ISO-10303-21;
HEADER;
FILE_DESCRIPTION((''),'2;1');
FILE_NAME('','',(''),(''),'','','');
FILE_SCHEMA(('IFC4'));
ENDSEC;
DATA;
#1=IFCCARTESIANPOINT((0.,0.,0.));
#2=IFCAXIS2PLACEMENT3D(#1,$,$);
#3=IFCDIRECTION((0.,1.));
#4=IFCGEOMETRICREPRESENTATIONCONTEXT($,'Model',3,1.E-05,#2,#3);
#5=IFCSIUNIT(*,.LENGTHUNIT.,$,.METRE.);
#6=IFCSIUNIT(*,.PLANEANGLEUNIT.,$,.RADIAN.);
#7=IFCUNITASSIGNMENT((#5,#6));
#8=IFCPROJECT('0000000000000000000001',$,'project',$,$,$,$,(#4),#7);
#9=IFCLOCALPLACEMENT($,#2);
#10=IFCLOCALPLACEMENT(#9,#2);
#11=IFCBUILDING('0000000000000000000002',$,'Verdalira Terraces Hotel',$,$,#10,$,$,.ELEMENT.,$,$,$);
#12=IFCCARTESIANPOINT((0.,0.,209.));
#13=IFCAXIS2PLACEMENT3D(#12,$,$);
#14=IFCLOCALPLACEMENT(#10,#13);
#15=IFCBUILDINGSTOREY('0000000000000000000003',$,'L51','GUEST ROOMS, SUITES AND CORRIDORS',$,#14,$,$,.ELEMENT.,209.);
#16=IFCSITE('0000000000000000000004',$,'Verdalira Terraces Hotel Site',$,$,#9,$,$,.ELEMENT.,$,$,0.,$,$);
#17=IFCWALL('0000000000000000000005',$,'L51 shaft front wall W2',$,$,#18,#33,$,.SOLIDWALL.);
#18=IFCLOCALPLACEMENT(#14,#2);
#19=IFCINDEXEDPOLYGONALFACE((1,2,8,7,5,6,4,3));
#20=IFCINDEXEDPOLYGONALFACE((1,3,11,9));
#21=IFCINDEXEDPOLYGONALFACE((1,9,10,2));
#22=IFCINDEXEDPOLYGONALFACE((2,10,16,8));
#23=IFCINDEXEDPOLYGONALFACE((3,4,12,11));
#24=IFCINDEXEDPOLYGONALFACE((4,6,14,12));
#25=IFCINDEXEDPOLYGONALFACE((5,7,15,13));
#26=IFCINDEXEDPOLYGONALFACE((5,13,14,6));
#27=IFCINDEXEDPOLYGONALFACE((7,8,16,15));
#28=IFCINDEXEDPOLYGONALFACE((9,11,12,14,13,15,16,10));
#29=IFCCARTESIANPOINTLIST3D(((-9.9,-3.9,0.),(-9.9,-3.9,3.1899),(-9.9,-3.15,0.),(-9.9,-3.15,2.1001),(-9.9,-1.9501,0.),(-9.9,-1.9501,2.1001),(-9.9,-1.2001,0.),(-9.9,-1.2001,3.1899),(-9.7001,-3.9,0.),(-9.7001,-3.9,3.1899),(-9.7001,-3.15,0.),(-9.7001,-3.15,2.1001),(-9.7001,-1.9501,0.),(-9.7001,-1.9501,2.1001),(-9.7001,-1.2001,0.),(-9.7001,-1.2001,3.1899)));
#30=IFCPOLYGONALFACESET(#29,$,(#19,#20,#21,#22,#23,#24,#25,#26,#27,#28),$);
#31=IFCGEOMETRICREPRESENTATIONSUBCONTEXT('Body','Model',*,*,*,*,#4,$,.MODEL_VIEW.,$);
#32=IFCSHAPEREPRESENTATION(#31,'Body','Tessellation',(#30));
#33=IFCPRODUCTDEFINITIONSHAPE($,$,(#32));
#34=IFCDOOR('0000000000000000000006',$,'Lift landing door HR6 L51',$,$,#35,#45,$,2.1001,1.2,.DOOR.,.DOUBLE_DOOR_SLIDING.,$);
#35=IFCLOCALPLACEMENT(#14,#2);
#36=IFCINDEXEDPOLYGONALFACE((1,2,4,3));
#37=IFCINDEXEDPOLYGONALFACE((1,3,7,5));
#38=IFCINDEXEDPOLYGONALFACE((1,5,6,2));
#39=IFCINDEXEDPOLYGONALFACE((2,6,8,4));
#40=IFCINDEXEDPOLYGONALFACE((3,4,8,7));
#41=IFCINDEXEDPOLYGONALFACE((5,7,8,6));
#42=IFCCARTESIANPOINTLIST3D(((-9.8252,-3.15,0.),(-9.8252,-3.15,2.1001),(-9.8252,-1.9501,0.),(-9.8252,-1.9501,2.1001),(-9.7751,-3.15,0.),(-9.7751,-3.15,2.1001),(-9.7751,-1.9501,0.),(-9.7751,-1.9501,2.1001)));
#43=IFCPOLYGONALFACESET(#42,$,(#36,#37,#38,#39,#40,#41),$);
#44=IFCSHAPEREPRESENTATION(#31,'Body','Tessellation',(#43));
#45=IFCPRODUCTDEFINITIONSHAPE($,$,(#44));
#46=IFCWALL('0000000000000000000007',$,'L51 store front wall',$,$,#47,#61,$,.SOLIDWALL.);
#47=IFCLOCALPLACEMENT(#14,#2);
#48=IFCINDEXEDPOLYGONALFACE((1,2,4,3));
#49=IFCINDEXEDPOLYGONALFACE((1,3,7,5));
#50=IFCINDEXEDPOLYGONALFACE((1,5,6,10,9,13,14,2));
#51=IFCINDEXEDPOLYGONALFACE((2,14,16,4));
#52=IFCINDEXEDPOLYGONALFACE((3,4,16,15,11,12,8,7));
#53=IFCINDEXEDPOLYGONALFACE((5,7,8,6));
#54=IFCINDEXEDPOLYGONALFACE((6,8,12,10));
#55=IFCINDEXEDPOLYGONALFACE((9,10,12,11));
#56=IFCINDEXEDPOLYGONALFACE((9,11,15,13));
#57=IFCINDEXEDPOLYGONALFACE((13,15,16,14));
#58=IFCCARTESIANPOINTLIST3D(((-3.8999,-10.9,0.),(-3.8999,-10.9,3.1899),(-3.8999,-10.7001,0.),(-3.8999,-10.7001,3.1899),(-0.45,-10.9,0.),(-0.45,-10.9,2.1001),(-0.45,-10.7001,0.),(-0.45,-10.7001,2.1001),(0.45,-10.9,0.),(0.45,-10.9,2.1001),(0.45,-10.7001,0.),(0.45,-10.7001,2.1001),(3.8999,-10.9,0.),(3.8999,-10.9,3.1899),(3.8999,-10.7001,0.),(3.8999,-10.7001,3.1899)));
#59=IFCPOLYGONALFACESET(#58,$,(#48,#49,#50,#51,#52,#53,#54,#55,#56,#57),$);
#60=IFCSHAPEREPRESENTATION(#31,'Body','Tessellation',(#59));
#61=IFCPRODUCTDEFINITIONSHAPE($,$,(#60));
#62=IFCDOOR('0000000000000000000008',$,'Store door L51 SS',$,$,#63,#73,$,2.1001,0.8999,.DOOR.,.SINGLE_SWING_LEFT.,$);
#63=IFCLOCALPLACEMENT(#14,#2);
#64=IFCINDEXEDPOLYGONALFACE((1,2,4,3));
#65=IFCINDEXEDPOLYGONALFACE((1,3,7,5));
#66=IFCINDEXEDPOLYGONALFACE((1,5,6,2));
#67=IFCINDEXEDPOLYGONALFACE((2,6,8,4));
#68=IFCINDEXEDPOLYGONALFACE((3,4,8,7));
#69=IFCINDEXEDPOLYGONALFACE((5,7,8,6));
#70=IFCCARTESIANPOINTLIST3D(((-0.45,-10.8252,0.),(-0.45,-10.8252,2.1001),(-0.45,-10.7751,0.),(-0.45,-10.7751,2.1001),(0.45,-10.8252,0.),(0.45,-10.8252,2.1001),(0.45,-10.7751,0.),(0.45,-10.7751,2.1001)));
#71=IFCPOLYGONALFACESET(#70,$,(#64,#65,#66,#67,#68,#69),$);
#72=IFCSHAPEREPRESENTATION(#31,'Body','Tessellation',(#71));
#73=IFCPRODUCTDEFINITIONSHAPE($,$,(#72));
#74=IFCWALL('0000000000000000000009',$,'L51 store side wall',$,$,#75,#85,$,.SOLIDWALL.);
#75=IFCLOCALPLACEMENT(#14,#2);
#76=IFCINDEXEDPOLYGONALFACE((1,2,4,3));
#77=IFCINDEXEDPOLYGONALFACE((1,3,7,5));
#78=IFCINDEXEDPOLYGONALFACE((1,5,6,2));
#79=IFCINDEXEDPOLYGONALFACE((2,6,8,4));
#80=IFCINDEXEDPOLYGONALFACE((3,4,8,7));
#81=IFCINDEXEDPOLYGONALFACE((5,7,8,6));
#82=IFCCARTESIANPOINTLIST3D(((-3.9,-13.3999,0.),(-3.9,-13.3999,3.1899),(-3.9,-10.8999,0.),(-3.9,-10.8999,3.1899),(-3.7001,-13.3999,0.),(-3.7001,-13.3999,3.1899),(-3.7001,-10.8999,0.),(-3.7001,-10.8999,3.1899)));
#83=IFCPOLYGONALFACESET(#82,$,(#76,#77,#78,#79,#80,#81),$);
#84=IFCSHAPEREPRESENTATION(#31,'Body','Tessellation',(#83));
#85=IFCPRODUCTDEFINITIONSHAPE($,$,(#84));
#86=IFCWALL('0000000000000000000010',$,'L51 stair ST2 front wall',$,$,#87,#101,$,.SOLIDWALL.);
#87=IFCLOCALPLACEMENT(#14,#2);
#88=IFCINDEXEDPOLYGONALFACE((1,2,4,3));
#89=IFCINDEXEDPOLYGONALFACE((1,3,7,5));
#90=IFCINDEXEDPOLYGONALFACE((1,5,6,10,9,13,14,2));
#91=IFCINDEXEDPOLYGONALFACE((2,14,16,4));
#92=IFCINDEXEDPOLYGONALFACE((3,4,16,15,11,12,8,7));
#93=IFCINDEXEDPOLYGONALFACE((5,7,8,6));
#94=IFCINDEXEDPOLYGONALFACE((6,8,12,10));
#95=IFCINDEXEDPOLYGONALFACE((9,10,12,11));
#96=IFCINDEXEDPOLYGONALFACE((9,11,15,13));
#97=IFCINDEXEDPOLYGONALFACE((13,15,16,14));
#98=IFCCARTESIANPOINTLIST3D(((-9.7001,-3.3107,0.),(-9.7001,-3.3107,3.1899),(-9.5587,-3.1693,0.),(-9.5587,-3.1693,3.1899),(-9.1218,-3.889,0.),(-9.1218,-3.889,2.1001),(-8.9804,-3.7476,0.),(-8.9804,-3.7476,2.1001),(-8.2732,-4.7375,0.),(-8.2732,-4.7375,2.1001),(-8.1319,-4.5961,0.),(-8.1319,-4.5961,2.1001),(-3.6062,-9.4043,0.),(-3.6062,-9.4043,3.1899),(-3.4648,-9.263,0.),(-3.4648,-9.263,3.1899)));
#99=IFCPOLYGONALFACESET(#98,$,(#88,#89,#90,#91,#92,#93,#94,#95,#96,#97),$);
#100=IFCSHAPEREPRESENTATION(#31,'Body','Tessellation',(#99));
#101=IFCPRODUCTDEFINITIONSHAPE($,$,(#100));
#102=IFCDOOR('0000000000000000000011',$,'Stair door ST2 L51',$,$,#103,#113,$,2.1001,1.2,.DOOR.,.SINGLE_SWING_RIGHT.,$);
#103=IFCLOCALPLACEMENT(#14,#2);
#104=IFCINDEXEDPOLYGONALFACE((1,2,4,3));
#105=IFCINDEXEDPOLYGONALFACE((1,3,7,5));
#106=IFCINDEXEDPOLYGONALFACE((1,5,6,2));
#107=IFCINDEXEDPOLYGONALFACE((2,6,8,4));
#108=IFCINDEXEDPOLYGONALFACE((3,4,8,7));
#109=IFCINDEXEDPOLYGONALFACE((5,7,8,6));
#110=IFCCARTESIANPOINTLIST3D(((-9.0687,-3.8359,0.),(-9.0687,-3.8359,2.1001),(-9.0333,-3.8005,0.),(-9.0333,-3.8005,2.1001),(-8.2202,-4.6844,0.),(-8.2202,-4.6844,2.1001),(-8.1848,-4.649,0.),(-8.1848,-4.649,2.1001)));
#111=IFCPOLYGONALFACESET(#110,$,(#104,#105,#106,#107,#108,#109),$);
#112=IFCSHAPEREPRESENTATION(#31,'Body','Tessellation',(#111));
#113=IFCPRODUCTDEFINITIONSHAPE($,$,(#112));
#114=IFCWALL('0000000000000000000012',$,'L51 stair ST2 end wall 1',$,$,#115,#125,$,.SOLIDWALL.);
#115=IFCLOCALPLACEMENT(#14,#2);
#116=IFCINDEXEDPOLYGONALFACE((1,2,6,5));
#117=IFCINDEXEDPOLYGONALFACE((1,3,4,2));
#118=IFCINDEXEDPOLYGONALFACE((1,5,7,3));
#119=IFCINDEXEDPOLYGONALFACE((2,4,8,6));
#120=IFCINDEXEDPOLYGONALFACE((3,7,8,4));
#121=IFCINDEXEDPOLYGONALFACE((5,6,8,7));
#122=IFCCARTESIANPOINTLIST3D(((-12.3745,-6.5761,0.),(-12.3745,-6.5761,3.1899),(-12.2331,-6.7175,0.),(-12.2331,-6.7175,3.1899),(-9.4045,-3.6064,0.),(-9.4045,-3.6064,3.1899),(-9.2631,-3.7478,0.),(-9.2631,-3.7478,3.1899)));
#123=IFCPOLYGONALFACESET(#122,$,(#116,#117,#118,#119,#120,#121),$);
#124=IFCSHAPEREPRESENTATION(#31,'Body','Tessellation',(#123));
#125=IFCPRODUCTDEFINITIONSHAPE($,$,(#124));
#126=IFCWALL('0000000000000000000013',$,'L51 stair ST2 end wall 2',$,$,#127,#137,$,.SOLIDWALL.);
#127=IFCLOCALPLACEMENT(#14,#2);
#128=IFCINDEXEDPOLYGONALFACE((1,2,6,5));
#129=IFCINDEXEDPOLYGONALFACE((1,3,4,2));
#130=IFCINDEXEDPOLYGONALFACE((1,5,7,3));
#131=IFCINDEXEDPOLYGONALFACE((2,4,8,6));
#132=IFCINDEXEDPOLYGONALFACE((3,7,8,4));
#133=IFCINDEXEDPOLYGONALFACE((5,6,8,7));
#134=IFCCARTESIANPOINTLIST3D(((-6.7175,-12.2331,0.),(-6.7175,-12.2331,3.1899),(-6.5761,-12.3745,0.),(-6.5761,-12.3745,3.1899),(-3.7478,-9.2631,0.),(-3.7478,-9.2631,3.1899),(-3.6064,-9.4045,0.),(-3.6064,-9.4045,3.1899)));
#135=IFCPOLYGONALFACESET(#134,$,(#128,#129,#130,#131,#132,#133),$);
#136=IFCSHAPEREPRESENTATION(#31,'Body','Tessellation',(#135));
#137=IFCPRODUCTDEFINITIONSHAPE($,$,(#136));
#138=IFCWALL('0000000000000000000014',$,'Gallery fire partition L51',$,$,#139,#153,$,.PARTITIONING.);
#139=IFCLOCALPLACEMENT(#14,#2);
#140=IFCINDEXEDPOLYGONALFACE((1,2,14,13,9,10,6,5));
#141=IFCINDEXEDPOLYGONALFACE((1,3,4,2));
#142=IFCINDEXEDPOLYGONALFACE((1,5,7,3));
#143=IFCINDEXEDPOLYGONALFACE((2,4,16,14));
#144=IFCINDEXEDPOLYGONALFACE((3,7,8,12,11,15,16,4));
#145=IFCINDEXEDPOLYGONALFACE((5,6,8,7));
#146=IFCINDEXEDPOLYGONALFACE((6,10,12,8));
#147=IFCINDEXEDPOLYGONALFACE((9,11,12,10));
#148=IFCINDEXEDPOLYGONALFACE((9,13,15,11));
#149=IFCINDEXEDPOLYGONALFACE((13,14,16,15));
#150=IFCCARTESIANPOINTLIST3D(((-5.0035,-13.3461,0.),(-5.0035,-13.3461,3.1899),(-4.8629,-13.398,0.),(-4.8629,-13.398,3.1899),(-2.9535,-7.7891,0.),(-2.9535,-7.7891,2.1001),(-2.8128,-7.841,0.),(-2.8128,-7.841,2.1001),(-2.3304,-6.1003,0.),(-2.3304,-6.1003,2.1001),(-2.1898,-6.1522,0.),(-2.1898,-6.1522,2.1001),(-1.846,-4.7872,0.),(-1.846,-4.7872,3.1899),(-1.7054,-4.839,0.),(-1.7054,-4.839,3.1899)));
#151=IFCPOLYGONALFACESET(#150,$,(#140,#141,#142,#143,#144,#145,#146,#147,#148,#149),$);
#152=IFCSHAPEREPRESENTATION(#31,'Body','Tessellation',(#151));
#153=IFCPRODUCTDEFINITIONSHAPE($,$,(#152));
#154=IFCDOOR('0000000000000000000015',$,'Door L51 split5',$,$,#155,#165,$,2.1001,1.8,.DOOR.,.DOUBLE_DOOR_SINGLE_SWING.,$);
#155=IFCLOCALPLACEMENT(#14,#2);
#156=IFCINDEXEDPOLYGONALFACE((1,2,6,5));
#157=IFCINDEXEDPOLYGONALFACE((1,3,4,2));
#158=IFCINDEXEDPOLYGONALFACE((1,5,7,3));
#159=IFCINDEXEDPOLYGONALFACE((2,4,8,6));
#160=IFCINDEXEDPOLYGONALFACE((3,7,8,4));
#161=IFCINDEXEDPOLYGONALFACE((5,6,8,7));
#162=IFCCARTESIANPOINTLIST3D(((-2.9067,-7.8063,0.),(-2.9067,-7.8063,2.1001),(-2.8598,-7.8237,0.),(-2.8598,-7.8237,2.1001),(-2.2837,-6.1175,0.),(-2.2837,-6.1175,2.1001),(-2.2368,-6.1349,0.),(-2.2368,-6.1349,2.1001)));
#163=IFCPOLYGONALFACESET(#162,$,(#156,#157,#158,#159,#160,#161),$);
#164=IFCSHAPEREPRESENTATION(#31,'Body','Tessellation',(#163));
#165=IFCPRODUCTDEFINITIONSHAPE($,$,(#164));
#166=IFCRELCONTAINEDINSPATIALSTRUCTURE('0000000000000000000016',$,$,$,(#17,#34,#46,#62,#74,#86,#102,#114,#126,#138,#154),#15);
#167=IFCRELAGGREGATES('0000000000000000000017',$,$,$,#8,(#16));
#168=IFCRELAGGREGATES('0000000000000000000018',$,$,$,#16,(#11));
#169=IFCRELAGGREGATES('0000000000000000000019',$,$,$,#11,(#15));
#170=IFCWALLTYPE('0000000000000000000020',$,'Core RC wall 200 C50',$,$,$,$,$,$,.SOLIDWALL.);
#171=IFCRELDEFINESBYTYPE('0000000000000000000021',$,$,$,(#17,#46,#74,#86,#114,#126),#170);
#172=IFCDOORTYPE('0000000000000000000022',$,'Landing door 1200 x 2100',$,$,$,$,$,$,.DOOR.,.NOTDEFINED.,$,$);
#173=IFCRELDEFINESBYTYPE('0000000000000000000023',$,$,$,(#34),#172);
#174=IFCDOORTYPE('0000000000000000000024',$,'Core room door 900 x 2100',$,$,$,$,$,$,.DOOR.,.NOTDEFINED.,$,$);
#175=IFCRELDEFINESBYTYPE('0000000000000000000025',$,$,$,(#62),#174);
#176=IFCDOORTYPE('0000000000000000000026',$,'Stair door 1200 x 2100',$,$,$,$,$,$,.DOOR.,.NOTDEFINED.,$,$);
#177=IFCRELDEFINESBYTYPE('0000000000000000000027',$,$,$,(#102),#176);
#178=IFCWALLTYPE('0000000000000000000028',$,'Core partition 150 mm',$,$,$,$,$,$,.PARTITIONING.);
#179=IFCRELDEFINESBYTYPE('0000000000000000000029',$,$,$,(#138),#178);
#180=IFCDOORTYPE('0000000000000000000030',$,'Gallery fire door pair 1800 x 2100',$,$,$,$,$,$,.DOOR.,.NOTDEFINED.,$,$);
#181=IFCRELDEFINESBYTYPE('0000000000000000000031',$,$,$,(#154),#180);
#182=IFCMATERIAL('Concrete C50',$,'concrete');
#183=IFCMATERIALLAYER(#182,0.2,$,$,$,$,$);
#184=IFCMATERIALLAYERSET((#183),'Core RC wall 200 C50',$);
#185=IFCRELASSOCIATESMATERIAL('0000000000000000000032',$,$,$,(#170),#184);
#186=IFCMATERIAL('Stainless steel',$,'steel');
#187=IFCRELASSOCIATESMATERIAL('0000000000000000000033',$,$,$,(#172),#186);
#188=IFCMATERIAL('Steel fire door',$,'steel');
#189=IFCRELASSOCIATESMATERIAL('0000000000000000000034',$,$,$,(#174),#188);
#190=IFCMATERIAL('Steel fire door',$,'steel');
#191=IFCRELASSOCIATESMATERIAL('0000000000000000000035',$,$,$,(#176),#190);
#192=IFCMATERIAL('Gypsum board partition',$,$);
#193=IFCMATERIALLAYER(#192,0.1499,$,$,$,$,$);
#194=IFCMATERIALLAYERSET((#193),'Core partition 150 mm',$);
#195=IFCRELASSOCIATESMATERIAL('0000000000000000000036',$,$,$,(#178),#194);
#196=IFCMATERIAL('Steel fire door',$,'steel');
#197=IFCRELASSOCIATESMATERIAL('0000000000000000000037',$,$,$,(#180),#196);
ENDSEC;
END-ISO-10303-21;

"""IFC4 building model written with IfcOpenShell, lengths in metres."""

from ifc_helpers import new_model, si_unit, direction, frame, frame_2d, origin, place, context, subcontext, project, spatial, rectangle, extrude, material, layer, layer_set, type_object, element, fill, save


model = new_model("IFC4")

# Units and contexts
model_context = context("Model", 3, precision=1e-05, world=origin(), true_north=direction((0.0, 1.0)))
body_context = subcontext(model_context, "Body", "Model", "MODEL_VIEW")
ifc_project = project(units=[si_unit("LENGTHUNIT", "METRE"), si_unit("PLANEANGLEUNIT", "RADIAN")], contexts=[model_context])

# Site, building, storey
site_placement = place(None, origin())
site = spatial("IfcSite", under=ifc_project, at=site_placement, Name="Verdalira Terraces Hotel Site", CompositionType="ELEMENT", RefElevation=0.0)
building_placement = place(site_placement, origin())
building = spatial("IfcBuilding", under=site, at=building_placement, Name="Verdalira Terraces Hotel", CompositionType="ELEMENT")
storey_placement = place(building_placement, frame((0.0, 0.0, 209.0)))
storey = spatial("IfcBuildingStorey", under=building, at=storey_placement, Name="L51", Description="GUEST ROOMS, SUITES AND CORRIDORS", CompositionType="ELEMENT", Elevation=209.0)

# Walls, openings, doors
ifc_material_1 = material(Name="Concrete C50", Category="concrete")
ifc_layer_1 = layer(ifc_material_1, 0.2)
ifc_layer_set_1 = layer_set([ifc_layer_1], Name="Core RC wall 200 C50")
wall_type_1 = type_object("IfcWallType", Name="Core RC wall 200 C50", PredefinedType="SOLIDWALL", material=ifc_layer_set_1)
wall_1_placement = place(storey_placement, frame((-9.8, -1.2, 0.0), z_axis=(0.0, 0.0, 1.0), x_axis=(0.0, -1.0, 0.0)))
wall_1 = element("IfcWall", 1, at=wall_1_placement, inside=storey, type_object=wall_type_1, Name="L51 shaft front wall W2", PredefinedType="SOLIDWALL", context=body_context, shape_type="SweptSolid", body=[
    extrude(rectangle(XDim=2.7, YDim=0.2, at=frame_2d((1.3501, 0.0))), origin(), (0.0, 0.0, 1.0), 3.1899),
])
opening_1_placement = place(wall_1_placement, frame((0.75, 0.0, 0.0)))
opening_1 = element("IfcOpeningElement", 2, at=opening_1_placement, cuts=wall_1, PredefinedType="OPENING", context=body_context, shape_type="SweptSolid", body=[
    extrude(rectangle(XDim=1.2, YDim=2.1001, at=frame_2d((0.6001, 1.05))), frame((0.0, 0.1099, 0.0), z_axis=(0.0, -1.0, 0.0), x_axis=(1.0, 0.0, 0.0)), (0.0, 0.0, 1.0), 0.22),
])
ifc_material_2 = material(Name="Stainless steel", Category="steel")
door_type_1 = type_object("IfcDoorType", Name="Landing door 1200 x 2100", OperationType="NOTDEFINED", PredefinedType="DOOR", material=ifc_material_2)
door_1_placement = place(opening_1_placement, origin())
door_1 = element("IfcDoor", 3, at=door_1_placement, inside=storey, type_object=door_type_1, Name="Lift landing door HR6 L51", OperationType="DOUBLE_DOOR_SLIDING", OverallHeight=2.1001, OverallWidth=1.2, PredefinedType="DOOR", context=body_context, shape_type="SweptSolid", body=[
    extrude(rectangle(XDim=1.2, YDim=2.1001, at=frame_2d((0.6001, 1.05))), frame((0.0, 0.0249, 0.0), z_axis=(0.0, -1.0, 0.0), x_axis=(1.0, 0.0, 0.0)), (0.0, 0.0, 1.0), 0.05),
])
fill(opening_1, door_1)
wall_2_placement = place(storey_placement, frame((-3.8999, -10.8, 0.0), z_axis=(0.0, 0.0, 1.0), x_axis=(1.0, 0.0, 0.0)))
wall_2 = element("IfcWall", 4, at=wall_2_placement, inside=storey, type_object=wall_type_1, Name="L51 store front wall", PredefinedType="SOLIDWALL", context=body_context, shape_type="SweptSolid", body=[
    extrude(rectangle(XDim=7.7998, YDim=0.2, at=frame_2d((3.8999, 0.0))), origin(), (0.0, 0.0, 1.0), 3.1899),
])
opening_2_placement = place(wall_2_placement, frame((3.45, 0.0, 0.0)))
opening_2 = element("IfcOpeningElement", 5, at=opening_2_placement, cuts=wall_2, PredefinedType="OPENING", context=body_context, shape_type="SweptSolid", body=[
    extrude(rectangle(XDim=0.8999, YDim=2.1001, at=frame_2d((0.45, 1.05))), frame((0.0, 0.1099, 0.0), z_axis=(0.0, -1.0, 0.0), x_axis=(1.0, 0.0, 0.0)), (0.0, 0.0, 1.0), 0.22),
])
ifc_material_3 = material(Name="Steel fire door", Category="steel")
door_type_2 = type_object("IfcDoorType", Name="Core room door 900 x 2100", OperationType="NOTDEFINED", PredefinedType="DOOR", material=ifc_material_3)
door_2_placement = place(opening_2_placement, origin())
door_2 = element("IfcDoor", 6, at=door_2_placement, inside=storey, type_object=door_type_2, Name="Store door L51 SS", OperationType="SINGLE_SWING_LEFT", OverallHeight=2.1001, OverallWidth=0.8999, PredefinedType="DOOR", context=body_context, shape_type="SweptSolid", body=[
    extrude(rectangle(XDim=0.8999, YDim=2.1001, at=frame_2d((0.45, 1.05))), frame((0.0, 0.0249, 0.0), z_axis=(0.0, -1.0, 0.0), x_axis=(1.0, 0.0, 0.0)), (0.0, 0.0, 1.0), 0.05),
])
fill(opening_2, door_2)

# Wall
wall_3_placement = place(storey_placement, frame((-3.8, -10.8999, 0.0), z_axis=(0.0, 0.0, 1.0), x_axis=(0.0, -1.0, 0.0)))
element("IfcWall", 7, at=wall_3_placement, inside=storey, type_object=wall_type_1, Name="L51 store side wall", PredefinedType="SOLIDWALL", context=body_context, shape_type="SweptSolid", body=[
    extrude(rectangle(XDim=2.5, YDim=0.2, at=frame_2d((1.25, 0.0))), origin(), (0.0, 0.0, 1.0), 3.1899),
])

# Wall, opening, door
wall_4_placement = place(storey_placement, frame((-3.5354, -9.3337, 0.0), z_axis=(0.0, 0.0, 1.0), x_axis=(-0.707121, 0.707093, 0.0)))
wall_4 = element("IfcWall", 8, at=wall_4_placement, inside=storey, type_object=wall_type_1, Name="L51 stair ST2 front wall", PredefinedType="SOLIDWALL", context=body_context, shape_type="SweptSolid", body=[
    extrude(rectangle(XDim=8.6179, YDim=0.2, at=frame_2d((4.3091, 0.0))), origin(), (0.0, 0.0, 1.0), 3.1899),
])
opening_3_placement = place(wall_4_placement, frame((6.6001, 0.0, 0.0)))
opening_3 = element("IfcOpeningElement", 9, at=opening_3_placement, cuts=wall_4, PredefinedType="OPENING", context=body_context, shape_type="SweptSolid", body=[
    extrude(rectangle(XDim=1.2, YDim=2.1001, at=frame_2d((0.6001, 1.05))), frame((0.0, 0.1099, 0.0), z_axis=(0.0, -1.0, 0.0), x_axis=(1.0, 0.0, 0.0)), (0.0, 0.0, 1.0), 0.22),
])
ifc_material_4 = material(Name="Steel fire door", Category="steel")
door_type_3 = type_object("IfcDoorType", Name="Stair door 1200 x 2100", OperationType="NOTDEFINED", PredefinedType="DOOR", material=ifc_material_4)
door_3_placement = place(opening_3_placement, origin())
door_3 = element("IfcDoor", 10, at=door_3_placement, inside=storey, type_object=door_type_3, Name="Stair door ST2 L51", OperationType="SINGLE_SWING_RIGHT", OverallHeight=2.1001, OverallWidth=1.2, PredefinedType="DOOR", context=body_context, shape_type="SweptSolid", body=[
    extrude(rectangle(XDim=1.2, YDim=2.1001, at=frame_2d((0.6001, 1.05))), frame((0.0, 0.0249, 0.0), z_axis=(0.0, -1.0, 0.0), x_axis=(1.0, 0.0, 0.0)), (0.0, 0.0, 1.0), 0.05),
])
fill(opening_3, door_3)

# Walls
for number, where, z_axis, x_axis, name in (
    (11, (-9.3337, -3.677, 0.0), (0.0, 0.0, 1.0), (-0.707136, -0.707078, 0.0), "L51 stair ST2 end wall 1"),
    (12, (-3.677, -9.3337, 0.0), (0.0, 0.0, 1.0), (-0.707078, -0.707136, 0.0), "L51 stair ST2 end wall 2"),
):
    element("IfcWall", number, at=place(storey_placement, frame(where, z_axis=z_axis, x_axis=x_axis)), inside=storey, type_object=wall_type_1, Name=name, PredefinedType="SOLIDWALL", context=body_context, shape_type="SweptSolid", body=[
        extrude(rectangle(XDim=4.2, YDim=0.2, at=frame_2d((2.1001, 0.0))), origin(), (0.0, 0.0, 1.0), 3.1899),
    ])

# Wall, opening, door
ifc_material_5 = material(Name="Gypsum board partition")
ifc_layer_2 = layer(ifc_material_5, 0.1499)
ifc_layer_set_2 = layer_set([ifc_layer_2], Name="Core partition 150 mm")
wall_type_2 = type_object("IfcWallType", Name="Core partition 150 mm", PredefinedType="PARTITIONING", material=ifc_layer_set_2)
wall_5_placement = place(storey_placement, frame((-1.7756, -4.813, 0.0), z_axis=(0.0, 0.0, 1.0), x_axis=(-0.346112, -0.938193, 0.0)))
wall_5 = element("IfcWall", 13, at=wall_5_placement, inside=storey, type_object=wall_type_2, Name="Gallery fire partition L51", PredefinedType="PARTITIONING", context=body_context, shape_type="SweptSolid", body=[
    extrude(rectangle(XDim=9.1228, YDim=0.1499, at=frame_2d((4.5615, 0.0))), origin(), (0.0, 0.0, 1.0), 3.1899),
])
opening_4_placement = place(wall_5_placement, frame((1.3999, 0.0, 0.0)))
opening_4 = element("IfcOpeningElement", 14, at=opening_4_placement, cuts=wall_5, PredefinedType="OPENING", context=body_context, shape_type="SweptSolid", body=[
    extrude(rectangle(XDim=1.8, YDim=2.1001, at=frame_2d((0.8999, 1.05))), frame((0.0, 0.085, 0.0), z_axis=(0.0, -1.0, 0.0), x_axis=(1.0, 0.0, 0.0)), (0.0, 0.0, 1.0), 0.1699),
])
ifc_material_6 = material(Name="Steel fire door", Category="steel")
door_type_4 = type_object("IfcDoorType", Name="Gallery fire door pair 1800 x 2100", OperationType="NOTDEFINED", PredefinedType="DOOR", material=ifc_material_6)
door_4_placement = place(opening_4_placement, origin())
door_4 = element("IfcDoor", 15, at=door_4_placement, inside=storey, type_object=door_type_4, Name="Door L51 split5", OperationType="DOUBLE_DOOR_SINGLE_SWING", OverallHeight=2.1001, OverallWidth=1.8, PredefinedType="DOOR", context=body_context, shape_type="SweptSolid", body=[
    extrude(rectangle(XDim=1.8, YDim=2.1001, at=frame_2d((0.8999, 1.05))), frame((0.0, 0.0249, 0.0), z_axis=(0.0, -1.0, 0.0), x_axis=(1.0, 0.0, 0.0)), (0.0, 0.0, 1.0), 0.05),
])
fill(opening_4, door_4)

save(model, "model.ifc")
